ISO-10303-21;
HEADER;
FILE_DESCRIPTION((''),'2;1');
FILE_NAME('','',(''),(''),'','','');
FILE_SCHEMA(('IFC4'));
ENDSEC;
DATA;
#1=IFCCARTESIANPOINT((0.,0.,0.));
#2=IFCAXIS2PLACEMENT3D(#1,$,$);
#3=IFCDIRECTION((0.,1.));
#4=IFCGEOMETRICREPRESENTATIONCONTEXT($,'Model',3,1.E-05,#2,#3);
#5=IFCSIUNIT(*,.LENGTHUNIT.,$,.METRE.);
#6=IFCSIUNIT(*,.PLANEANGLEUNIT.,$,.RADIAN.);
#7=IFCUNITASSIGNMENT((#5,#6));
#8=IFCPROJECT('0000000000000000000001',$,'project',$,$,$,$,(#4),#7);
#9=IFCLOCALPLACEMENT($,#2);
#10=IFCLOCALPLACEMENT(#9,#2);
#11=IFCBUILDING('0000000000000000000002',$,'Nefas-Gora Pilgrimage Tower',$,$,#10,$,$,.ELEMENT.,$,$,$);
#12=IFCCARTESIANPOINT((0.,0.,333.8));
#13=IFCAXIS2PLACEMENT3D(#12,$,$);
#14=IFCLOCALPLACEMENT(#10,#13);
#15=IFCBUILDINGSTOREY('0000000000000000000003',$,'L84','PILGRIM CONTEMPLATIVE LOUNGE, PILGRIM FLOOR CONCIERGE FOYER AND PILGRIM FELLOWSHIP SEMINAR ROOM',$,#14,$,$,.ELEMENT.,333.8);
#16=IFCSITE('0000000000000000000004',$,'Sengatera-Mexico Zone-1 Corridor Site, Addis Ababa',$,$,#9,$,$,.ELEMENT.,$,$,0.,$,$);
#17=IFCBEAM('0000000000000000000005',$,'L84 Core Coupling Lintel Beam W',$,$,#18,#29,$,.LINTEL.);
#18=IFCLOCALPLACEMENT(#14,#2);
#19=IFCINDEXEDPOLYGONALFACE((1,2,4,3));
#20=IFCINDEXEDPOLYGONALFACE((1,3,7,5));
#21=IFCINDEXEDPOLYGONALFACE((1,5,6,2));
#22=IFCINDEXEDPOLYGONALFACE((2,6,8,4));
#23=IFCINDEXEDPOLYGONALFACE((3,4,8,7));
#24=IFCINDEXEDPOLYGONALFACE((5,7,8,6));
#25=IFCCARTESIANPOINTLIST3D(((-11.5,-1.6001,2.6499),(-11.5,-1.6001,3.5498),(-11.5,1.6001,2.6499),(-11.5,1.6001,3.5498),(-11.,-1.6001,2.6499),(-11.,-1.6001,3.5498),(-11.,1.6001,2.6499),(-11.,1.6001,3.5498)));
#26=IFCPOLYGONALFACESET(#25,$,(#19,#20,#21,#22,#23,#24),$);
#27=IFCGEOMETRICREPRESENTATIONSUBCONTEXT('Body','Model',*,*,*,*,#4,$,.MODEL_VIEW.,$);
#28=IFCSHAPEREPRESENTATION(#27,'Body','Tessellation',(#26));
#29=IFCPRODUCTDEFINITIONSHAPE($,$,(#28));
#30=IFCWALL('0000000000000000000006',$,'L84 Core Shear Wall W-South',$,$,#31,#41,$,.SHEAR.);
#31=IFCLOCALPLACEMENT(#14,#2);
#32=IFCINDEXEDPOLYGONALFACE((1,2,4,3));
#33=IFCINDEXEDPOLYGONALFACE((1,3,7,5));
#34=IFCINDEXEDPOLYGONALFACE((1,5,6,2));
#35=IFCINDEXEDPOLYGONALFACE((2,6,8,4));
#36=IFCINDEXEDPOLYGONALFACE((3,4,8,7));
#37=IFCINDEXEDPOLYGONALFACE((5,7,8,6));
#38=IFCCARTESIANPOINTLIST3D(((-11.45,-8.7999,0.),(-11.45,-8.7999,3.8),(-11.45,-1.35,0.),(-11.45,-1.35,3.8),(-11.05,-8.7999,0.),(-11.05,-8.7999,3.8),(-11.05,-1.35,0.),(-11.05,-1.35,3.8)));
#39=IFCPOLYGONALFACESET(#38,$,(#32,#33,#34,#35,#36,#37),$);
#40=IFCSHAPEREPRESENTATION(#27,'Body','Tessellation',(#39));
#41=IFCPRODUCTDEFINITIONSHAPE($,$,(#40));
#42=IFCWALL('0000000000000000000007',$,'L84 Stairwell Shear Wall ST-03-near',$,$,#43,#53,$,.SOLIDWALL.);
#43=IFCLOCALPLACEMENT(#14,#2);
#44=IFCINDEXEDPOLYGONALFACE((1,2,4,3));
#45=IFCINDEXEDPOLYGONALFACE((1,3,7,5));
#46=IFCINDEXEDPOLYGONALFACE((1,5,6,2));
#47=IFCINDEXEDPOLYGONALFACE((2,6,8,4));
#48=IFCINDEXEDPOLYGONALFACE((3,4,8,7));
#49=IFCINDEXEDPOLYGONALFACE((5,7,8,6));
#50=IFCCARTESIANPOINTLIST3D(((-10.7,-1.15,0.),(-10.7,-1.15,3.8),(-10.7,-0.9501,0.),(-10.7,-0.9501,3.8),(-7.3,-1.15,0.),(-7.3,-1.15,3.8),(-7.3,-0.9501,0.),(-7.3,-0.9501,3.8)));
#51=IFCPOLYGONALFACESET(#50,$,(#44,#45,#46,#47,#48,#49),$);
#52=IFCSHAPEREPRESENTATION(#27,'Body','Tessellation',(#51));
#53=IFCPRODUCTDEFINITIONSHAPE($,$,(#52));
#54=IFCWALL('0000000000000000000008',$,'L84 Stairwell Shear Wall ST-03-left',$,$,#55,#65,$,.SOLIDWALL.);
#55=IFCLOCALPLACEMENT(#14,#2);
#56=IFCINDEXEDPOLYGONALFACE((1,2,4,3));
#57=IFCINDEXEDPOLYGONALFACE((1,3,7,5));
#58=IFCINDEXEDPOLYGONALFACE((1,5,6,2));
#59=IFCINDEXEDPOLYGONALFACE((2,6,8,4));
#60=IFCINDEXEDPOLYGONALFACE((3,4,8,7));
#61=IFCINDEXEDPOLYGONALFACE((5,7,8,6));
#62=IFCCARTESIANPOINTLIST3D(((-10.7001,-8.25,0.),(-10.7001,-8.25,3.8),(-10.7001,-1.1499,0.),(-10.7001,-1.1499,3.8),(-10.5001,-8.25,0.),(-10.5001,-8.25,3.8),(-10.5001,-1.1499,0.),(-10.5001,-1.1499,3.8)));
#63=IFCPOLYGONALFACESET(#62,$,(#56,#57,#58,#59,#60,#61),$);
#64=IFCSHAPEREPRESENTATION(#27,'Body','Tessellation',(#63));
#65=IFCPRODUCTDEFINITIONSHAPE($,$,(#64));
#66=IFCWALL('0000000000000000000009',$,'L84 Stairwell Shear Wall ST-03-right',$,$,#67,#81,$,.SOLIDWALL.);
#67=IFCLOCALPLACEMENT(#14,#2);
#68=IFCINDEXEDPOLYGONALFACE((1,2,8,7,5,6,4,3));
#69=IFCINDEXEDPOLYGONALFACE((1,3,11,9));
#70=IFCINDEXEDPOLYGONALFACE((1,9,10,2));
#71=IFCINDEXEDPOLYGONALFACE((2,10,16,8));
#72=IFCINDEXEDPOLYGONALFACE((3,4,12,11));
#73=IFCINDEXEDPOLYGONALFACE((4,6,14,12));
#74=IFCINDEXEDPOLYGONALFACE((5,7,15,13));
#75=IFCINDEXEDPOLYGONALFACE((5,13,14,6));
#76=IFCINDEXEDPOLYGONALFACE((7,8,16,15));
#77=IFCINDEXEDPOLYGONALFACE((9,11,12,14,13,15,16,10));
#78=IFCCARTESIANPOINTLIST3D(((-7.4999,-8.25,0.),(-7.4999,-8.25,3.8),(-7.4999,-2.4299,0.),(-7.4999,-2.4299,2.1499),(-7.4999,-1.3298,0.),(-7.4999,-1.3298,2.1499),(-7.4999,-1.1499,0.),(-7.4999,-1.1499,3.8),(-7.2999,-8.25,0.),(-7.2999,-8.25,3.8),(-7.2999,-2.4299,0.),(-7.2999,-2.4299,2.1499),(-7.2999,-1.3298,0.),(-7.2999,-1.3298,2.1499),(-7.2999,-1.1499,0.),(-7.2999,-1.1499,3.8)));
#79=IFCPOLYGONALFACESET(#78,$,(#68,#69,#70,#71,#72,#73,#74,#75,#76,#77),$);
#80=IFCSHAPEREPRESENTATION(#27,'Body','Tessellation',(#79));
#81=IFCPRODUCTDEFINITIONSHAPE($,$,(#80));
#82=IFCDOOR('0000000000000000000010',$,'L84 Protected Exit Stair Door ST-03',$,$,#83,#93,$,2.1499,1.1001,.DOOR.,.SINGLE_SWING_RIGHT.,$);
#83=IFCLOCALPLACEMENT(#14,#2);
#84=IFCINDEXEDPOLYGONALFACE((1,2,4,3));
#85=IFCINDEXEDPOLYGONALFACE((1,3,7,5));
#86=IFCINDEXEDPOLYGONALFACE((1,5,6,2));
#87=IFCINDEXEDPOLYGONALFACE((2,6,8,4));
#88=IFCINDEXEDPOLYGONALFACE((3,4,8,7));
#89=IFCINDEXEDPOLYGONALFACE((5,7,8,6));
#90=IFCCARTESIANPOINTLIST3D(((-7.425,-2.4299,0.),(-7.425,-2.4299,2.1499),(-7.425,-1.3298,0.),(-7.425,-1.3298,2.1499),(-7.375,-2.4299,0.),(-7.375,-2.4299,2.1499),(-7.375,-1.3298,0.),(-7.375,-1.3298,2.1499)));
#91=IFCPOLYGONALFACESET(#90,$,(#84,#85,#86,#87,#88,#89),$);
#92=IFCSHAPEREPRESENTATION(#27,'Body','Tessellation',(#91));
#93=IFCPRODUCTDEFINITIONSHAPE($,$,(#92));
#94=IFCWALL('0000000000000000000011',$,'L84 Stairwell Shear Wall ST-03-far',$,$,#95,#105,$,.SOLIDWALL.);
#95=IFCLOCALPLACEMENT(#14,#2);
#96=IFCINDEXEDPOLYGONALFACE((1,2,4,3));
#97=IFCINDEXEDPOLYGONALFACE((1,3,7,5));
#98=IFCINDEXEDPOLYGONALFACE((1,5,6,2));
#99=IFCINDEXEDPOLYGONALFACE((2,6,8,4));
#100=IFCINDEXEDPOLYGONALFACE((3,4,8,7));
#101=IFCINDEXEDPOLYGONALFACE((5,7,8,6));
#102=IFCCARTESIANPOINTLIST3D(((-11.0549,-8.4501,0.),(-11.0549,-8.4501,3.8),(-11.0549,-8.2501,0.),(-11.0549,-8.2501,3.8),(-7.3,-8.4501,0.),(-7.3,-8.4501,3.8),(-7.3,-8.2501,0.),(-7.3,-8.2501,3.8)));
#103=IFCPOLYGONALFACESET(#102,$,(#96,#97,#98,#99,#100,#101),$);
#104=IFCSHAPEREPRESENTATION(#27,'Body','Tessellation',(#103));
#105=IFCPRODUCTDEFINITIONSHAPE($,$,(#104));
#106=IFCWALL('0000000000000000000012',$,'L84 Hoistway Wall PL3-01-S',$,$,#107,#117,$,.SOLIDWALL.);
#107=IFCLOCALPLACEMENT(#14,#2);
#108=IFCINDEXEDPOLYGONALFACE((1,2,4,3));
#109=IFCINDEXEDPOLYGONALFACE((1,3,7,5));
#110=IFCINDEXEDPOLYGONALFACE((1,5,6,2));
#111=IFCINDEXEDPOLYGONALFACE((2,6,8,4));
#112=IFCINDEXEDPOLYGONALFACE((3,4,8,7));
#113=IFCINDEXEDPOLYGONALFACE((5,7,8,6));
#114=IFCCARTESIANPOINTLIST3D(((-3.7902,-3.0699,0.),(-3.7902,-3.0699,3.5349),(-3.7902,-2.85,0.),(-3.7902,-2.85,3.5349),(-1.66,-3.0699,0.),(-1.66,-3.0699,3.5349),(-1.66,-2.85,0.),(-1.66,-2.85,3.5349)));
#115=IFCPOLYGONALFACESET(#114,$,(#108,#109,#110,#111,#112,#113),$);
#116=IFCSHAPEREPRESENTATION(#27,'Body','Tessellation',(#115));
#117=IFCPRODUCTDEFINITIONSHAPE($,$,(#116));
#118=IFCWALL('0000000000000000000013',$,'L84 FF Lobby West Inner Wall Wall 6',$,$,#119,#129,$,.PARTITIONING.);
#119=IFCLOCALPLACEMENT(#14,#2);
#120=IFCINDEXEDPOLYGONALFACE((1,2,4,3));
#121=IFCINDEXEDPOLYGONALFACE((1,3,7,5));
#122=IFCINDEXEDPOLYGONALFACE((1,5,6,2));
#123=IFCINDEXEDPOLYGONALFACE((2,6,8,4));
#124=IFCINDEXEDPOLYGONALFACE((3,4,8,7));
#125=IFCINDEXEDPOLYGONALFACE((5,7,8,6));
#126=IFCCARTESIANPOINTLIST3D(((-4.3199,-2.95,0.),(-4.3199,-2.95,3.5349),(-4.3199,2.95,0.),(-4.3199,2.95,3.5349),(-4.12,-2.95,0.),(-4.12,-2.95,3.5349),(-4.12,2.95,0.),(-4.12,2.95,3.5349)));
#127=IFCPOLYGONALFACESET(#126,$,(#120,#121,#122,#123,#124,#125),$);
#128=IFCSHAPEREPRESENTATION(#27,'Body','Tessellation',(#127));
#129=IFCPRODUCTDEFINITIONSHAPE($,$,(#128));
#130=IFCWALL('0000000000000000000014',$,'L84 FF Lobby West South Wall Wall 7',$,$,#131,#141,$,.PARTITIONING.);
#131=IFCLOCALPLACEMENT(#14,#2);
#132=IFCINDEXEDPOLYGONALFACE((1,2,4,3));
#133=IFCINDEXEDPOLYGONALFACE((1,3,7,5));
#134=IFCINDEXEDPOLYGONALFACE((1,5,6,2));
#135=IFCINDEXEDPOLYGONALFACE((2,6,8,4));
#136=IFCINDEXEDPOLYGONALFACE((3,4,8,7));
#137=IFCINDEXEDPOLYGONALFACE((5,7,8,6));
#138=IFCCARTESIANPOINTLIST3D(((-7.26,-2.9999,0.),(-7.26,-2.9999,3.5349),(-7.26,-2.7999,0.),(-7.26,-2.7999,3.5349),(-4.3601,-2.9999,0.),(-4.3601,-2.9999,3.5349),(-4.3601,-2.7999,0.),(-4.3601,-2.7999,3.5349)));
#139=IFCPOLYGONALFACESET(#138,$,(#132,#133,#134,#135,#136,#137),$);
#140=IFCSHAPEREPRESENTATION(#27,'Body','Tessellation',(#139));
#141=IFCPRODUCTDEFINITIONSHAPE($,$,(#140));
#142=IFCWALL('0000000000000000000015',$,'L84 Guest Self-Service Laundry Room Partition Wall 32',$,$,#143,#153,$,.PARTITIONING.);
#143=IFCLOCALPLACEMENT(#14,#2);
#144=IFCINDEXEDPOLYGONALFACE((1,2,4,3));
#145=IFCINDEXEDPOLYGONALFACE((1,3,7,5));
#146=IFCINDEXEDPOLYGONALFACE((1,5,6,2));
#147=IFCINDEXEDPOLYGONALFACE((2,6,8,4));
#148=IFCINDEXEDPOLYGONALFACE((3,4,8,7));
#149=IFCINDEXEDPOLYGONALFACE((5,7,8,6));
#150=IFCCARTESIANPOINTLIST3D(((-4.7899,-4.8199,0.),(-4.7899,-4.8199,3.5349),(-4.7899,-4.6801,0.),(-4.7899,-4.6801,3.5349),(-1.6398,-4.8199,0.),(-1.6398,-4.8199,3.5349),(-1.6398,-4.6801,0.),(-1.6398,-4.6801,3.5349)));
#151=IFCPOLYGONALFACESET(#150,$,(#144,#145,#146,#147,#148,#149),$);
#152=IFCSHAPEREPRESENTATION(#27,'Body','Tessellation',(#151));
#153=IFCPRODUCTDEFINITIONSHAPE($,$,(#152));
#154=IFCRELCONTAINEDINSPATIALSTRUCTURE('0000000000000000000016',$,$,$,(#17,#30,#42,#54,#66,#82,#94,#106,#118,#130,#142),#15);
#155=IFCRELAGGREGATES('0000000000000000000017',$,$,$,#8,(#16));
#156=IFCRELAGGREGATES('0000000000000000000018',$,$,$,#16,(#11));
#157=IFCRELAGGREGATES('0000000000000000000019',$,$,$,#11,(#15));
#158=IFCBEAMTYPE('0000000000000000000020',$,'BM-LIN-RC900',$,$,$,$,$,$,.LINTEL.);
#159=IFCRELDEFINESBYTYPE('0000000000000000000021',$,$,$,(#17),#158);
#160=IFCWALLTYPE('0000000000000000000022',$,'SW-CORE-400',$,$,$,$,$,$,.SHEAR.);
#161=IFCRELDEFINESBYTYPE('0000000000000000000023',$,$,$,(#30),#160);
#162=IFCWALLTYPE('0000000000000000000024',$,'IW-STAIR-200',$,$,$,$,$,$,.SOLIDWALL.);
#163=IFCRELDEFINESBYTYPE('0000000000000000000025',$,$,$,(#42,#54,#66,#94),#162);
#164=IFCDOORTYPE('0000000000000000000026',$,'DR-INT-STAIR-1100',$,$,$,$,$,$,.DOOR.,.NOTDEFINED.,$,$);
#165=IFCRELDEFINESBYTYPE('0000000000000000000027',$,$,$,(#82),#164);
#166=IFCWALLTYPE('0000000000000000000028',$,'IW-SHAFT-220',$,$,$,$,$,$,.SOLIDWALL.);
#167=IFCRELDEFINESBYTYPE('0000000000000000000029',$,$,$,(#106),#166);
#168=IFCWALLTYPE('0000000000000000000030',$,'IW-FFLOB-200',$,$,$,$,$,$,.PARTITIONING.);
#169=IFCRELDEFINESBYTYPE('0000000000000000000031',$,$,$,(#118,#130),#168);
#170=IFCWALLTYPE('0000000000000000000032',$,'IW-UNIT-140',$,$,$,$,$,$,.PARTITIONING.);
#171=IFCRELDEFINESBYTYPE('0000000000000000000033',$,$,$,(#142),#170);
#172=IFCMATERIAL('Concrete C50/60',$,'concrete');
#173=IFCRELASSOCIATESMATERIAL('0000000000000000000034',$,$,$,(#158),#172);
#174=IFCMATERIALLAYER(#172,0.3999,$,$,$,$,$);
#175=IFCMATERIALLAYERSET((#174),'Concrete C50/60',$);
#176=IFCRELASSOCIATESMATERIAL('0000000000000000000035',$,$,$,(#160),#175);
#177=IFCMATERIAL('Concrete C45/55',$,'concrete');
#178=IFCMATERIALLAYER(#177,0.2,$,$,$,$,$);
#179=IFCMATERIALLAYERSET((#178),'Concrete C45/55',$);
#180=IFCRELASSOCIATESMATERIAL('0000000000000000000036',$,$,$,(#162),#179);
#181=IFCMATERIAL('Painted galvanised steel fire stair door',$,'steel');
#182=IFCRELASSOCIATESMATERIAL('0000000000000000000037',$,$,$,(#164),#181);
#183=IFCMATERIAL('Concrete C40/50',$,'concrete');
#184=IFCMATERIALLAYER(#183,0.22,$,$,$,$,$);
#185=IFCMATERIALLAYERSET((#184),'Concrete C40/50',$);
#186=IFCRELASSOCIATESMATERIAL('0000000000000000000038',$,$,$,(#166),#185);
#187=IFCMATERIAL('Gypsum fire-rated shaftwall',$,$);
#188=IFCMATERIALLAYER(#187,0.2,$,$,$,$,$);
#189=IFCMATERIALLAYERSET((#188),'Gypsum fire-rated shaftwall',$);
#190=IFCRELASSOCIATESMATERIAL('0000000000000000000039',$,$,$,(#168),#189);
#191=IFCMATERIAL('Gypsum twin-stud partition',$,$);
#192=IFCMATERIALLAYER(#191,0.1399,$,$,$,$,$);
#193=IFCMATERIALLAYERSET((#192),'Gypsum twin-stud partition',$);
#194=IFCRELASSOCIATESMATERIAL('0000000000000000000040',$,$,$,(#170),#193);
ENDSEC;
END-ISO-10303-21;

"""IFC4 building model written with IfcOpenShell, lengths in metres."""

from ifc_helpers import new_model, si_unit, direction, frame, frame_2d, origin, origin_2d, place, context, subcontext, project, spatial, rectangle, extrude, source, transform, mapped, material, layer, layer_set, material_profile, profile_set, type_object, element, fill, save


model = new_model("IFC4")

# Units and contexts
model_context = context("Model", 3, precision=1e-05, world=origin(), true_north=direction((0.0, 1.0)))
body_context = subcontext(model_context, "Body", "Model", "MODEL_VIEW")
ifc_project = project(units=[si_unit("LENGTHUNIT", "METRE"), si_unit("PLANEANGLEUNIT", "RADIAN")], contexts=[model_context])

# Site, building, storey
site_placement = place(None, origin())
site = spatial("IfcSite", under=ifc_project, at=site_placement, Name="Sengatera-Mexico Zone-1 Corridor Site, Addis Ababa", CompositionType="ELEMENT", RefElevation=0.0)
building_placement = place(site_placement, origin())
building = spatial("IfcBuilding", under=site, at=building_placement, Name="Nefas-Gora Pilgrimage Tower", CompositionType="ELEMENT")
storey_placement = place(building_placement, frame((0.0, 0.0, 333.8)))
storey = spatial("IfcBuildingStorey", under=building, at=storey_placement, Name="L84", Description="PILGRIM CONTEMPLATIVE LOUNGE, PILGRIM FLOOR CONCIERGE FOYER AND PILGRIM FELLOWSHIP SEMINAR ROOM", CompositionType="ELEMENT", Elevation=333.8)

# Beam
ifc_material_1 = material(Name="Concrete C50/60", Category="concrete")
ifc_material_profile = material_profile(ifc_material_1, rectangle(XDim=0.5, YDim=0.8999, at=origin_2d()), Name="RC 500x900")
ifc_profile_set = profile_set([ifc_material_profile], Name="Concrete C50/60")
beam_type = type_object("IfcBeamType", Name="BM-LIN-RC900", PredefinedType="LINTEL", material=ifc_profile_set)
shared_shape_1 = source(origin(), body_context, "Body", "SweptSolid", [
    extrude(rectangle(XDim=0.5, YDim=0.8999, at=origin_2d()), origin(), (0.0, 0.0, 1.0), 3.2002),
])
beam_placement = place(storey_placement, frame((-11.25, -1.6001, 3.0999), z_axis=(0.0, 1.0, 0.0), x_axis=(-1.0, 0.0, 0.0)))
element("IfcBeam", 1, at=beam_placement, inside=storey, type_object=beam_type, Name="L84 Core Coupling Lintel Beam W", PredefinedType="LINTEL", context=body_context, shape_type="MappedRepresentation", body=[
    mapped(shared_shape_1, transform((0.0, 0.0, 0.0), x_axis=(1.0, 0.0, 0.0), y_axis=(0.0, 1.0, 0.0), z_axis=(0.0, 0.0, 1.0), scale=1.0)),
])

# Walls
ifc_layer_1 = layer(ifc_material_1, 0.3999)
ifc_layer_set_1 = layer_set([ifc_layer_1], Name="Concrete C50/60")
wall_type_1 = type_object("IfcWallType", Name="SW-CORE-400", PredefinedType="SHEAR", material=ifc_layer_set_1)
shared_shape_2 = source(origin(), body_context, "Body", "SweptSolid", [
    extrude(rectangle(XDim=7.45, YDim=0.3999, at=frame_2d((3.7251, 0.0))), origin(), (0.0, 0.0, 1.0), 3.8),
])
wall_1_placement = place(storey_placement, frame((-11.25, -8.8, 0.0), z_axis=(0.0, 0.0, 1.0), x_axis=(0.0, 1.0, 0.0)))
element("IfcWall", 2, at=wall_1_placement, inside=storey, type_object=wall_type_1, Name="L84 Core Shear Wall W-South", PredefinedType="SHEAR", context=body_context, shape_type="MappedRepresentation", body=[
    mapped(shared_shape_2, transform((0.0, 0.0, 0.0), x_axis=(1.0, 0.0, 0.0), y_axis=(0.0, 1.0, 0.0), z_axis=(0.0, 0.0, 1.0), scale=1.0)),
])
ifc_material_2 = material(Name="Concrete C45/55", Category="concrete")
ifc_layer_2 = layer(ifc_material_2, 0.2)
ifc_layer_set_2 = layer_set([ifc_layer_2], Name="Concrete C45/55")
wall_type_2 = type_object("IfcWallType", Name="IW-STAIR-200", PredefinedType="SOLIDWALL", material=ifc_layer_set_2)
shared_shape_3 = source(origin(), body_context, "Body", "SweptSolid", [
    extrude(rectangle(XDim=3.3999, YDim=0.2, at=frame_2d((1.7, 0.0))), origin(), (0.0, 0.0, 1.0), 3.8),
])
wall_2_placement = place(storey_placement, frame((-10.7, -1.05, 0.0), z_axis=(0.0, 0.0, 1.0), x_axis=(1.0, 0.0, 0.0)))
element("IfcWall", 3, at=wall_2_placement, inside=storey, type_object=wall_type_2, Name="L84 Stairwell Shear Wall ST-03-near", PredefinedType="SOLIDWALL", context=body_context, shape_type="MappedRepresentation", body=[
    mapped(shared_shape_3, transform((0.0, 0.0, 0.0), x_axis=(1.0, 0.0, 0.0), y_axis=(0.0, 1.0, 0.0), z_axis=(0.0, 0.0, 1.0), scale=1.0)),
])
shared_shape_4 = source(origin(), body_context, "Body", "SweptSolid", [
    extrude(rectangle(XDim=7.1001, YDim=0.2, at=frame_2d((3.55, 0.0))), origin(), (0.0, 0.0, 1.0), 3.8),
])
wall_3_placement = place(storey_placement, frame((-10.6001, -1.1499, 0.0), z_axis=(0.0, 0.0, 1.0), x_axis=(0.0, -1.0, 0.0)))
element("IfcWall", 4, at=wall_3_placement, inside=storey, type_object=wall_type_2, Name="L84 Stairwell Shear Wall ST-03-left", PredefinedType="SOLIDWALL", context=body_context, shape_type="MappedRepresentation", body=[
    mapped(shared_shape_4, transform((0.0, 0.0, 0.0), x_axis=(1.0, 0.0, 0.0), y_axis=(0.0, 1.0, 0.0), z_axis=(0.0, 0.0, 1.0), scale=1.0)),
])

# Wall, opening, door
wall_4_placement = place(storey_placement, frame((-7.3999, -1.1499, 0.0), z_axis=(0.0, 0.0, 1.0), x_axis=(0.0, -1.0, 0.0)))
wall_4 = element("IfcWall", 5, at=wall_4_placement, inside=storey, type_object=wall_type_2, Name="L84 Stairwell Shear Wall ST-03-right", PredefinedType="SOLIDWALL", context=body_context, shape_type="MappedRepresentation", body=[
    mapped(shared_shape_4, transform((0.0, 0.0, 0.0), x_axis=(1.0, 0.0, 0.0), y_axis=(0.0, 1.0, 0.0), z_axis=(0.0, 0.0, 1.0), scale=1.0)),
])
opening_placement = place(wall_4_placement, frame((0.1799, 0.0, 0.0)))
opening = element("IfcOpeningElement", 6, at=opening_placement, cuts=wall_4, PredefinedType="OPENING", context=body_context, shape_type="SweptSolid", body=[
    extrude(rectangle(XDim=1.1001, YDim=2.1499, at=frame_2d((0.55, 1.075))), frame((0.0, 0.1099, 0.0), z_axis=(0.0, -1.0, 0.0), x_axis=(1.0, 0.0, 0.0)), (0.0, 0.0, 1.0), 0.22),
])
ifc_material_3 = material(Name="Painted galvanised steel fire stair door", Category="steel")
door_type = type_object("IfcDoorType", Name="DR-INT-STAIR-1100", OperationType="NOTDEFINED", PredefinedType="DOOR", material=ifc_material_3)
shared_shape_5 = source(origin(), body_context, "Body", "SweptSolid", [
    extrude(rectangle(XDim=1.1001, YDim=2.1499, at=frame_2d((0.55, 1.075))), frame((0.0, 0.0249, 0.0), z_axis=(0.0, -1.0, 0.0), x_axis=(1.0, 0.0, 0.0)), (0.0, 0.0, 1.0), 0.05),
])
door_placement = place(opening_placement, origin())
door = element("IfcDoor", 7, at=door_placement, inside=storey, type_object=door_type, Name="L84 Protected Exit Stair Door ST-03", OperationType="SINGLE_SWING_RIGHT", OverallHeight=2.1499, OverallWidth=1.1001, PredefinedType="DOOR", context=body_context, shape_type="MappedRepresentation", body=[
    mapped(shared_shape_5, transform((0.0, 0.0, 0.0), x_axis=(1.0, 0.0, 0.0), y_axis=(0.0, 1.0, 0.0), z_axis=(0.0, 0.0, 1.0), scale=1.0)),
])
fill(opening, door)

# Walls
shared_shape_6 = source(origin(), body_context, "Body", "SweptSolid", [
    extrude(rectangle(XDim=3.7549, YDim=0.2, at=frame_2d((1.8774, 0.0))), origin(), (0.0, 0.0, 1.0), 3.8),
])
wall_5_placement = place(storey_placement, frame((-11.0549, -8.3501, 0.0), z_axis=(0.0, 0.0, 1.0), x_axis=(1.0, 0.0, 0.0)))
element("IfcWall", 8, at=wall_5_placement, inside=storey, type_object=wall_type_2, Name="L84 Stairwell Shear Wall ST-03-far", PredefinedType="SOLIDWALL", context=body_context, shape_type="MappedRepresentation", body=[
    mapped(shared_shape_6, transform((0.0, 0.0, 0.0), x_axis=(1.0, 0.0, 0.0), y_axis=(0.0, 1.0, 0.0), z_axis=(0.0, 0.0, 1.0), scale=1.0)),
])
ifc_material_4 = material(Name="Concrete C40/50", Category="concrete")
ifc_layer_3 = layer(ifc_material_4, 0.22)
ifc_layer_set_3 = layer_set([ifc_layer_3], Name="Concrete C40/50")
wall_type_3 = type_object("IfcWallType", Name="IW-SHAFT-220", PredefinedType="SOLIDWALL", material=ifc_layer_set_3)
shared_shape_7 = source(origin(), body_context, "Body", "SweptSolid", [
    extrude(rectangle(XDim=2.1301, YDim=0.22, at=frame_2d((1.0649, 0.0))), origin(), (0.0, 0.0, 1.0), 3.5349),
])
wall_6_placement = place(storey_placement, frame((-3.79, -2.96, 0.0), z_axis=(0.0, 0.0, 1.0), x_axis=(1.0, 0.0, 0.0)))
element("IfcWall", 9, at=wall_6_placement, inside=storey, type_object=wall_type_3, Name="L84 Hoistway Wall PL3-01-S", PredefinedType="SOLIDWALL", context=body_context, shape_type="MappedRepresentation", body=[
    mapped(shared_shape_7, transform((0.0, 0.0, 0.0), x_axis=(1.0, 0.0, 0.0), y_axis=(0.0, 1.0, 0.0), z_axis=(0.0, 0.0, 1.0), scale=1.0)),
])
ifc_material_5 = material(Name="Gypsum fire-rated shaftwall")
ifc_layer_4 = layer(ifc_material_5, 0.2)
ifc_layer_set_4 = layer_set([ifc_layer_4], Name="Gypsum fire-rated shaftwall")
wall_type_4 = type_object("IfcWallType", Name="IW-FFLOB-200", PredefinedType="PARTITIONING", material=ifc_layer_set_4)
shared_shape_8 = source(origin(), body_context, "Body", "SweptSolid", [
    extrude(rectangle(XDim=5.8999, YDim=0.2, at=frame_2d((2.95, 0.0))), origin(), (0.0, 0.0, 1.0), 3.5349),
])
wall_7_placement = place(storey_placement, frame((-4.22, -2.95, 0.0), z_axis=(0.0, 0.0, 1.0), x_axis=(0.0, 1.0, 0.0)))
element("IfcWall", 10, at=wall_7_placement, inside=storey, type_object=wall_type_4, Name="L84 FF Lobby West Inner Wall Wall 6", PredefinedType="PARTITIONING", context=body_context, shape_type="MappedRepresentation", body=[
    mapped(shared_shape_8, transform((0.0, 0.0, 0.0), x_axis=(1.0, 0.0, 0.0), y_axis=(0.0, 1.0, 0.0), z_axis=(0.0, 0.0, 1.0), scale=1.0)),
])
shared_shape_9 = source(origin(), body_context, "Body", "SweptSolid", [
    extrude(rectangle(XDim=2.8999, YDim=0.2, at=frame_2d((1.45, 0.0))), origin(), (0.0, 0.0, 1.0), 3.5349),
])
wall_8_placement = place(storey_placement, frame((-7.26, -2.8999, 0.0), z_axis=(0.0, 0.0, 1.0), x_axis=(1.0, 0.0, 0.0)))
element("IfcWall", 11, at=wall_8_placement, inside=storey, type_object=wall_type_4, Name="L84 FF Lobby West South Wall Wall 7", PredefinedType="PARTITIONING", context=body_context, shape_type="MappedRepresentation", body=[
    mapped(shared_shape_9, transform((0.0, 0.0, 0.0), x_axis=(1.0, 0.0, 0.0), y_axis=(0.0, 1.0, 0.0), z_axis=(0.0, 0.0, 1.0), scale=1.0)),
])
ifc_material_6 = material(Name="Gypsum twin-stud partition")
ifc_layer_5 = layer(ifc_material_6, 0.1399)
ifc_layer_set_5 = layer_set([ifc_layer_5], Name="Gypsum twin-stud partition")
wall_type_5 = type_object("IfcWallType", Name="IW-UNIT-140", PredefinedType="PARTITIONING", material=ifc_layer_set_5)
shared_shape_10 = source(origin(), body_context, "Body", "SweptSolid", [
    extrude(rectangle(XDim=3.1501, YDim=0.1399, at=frame_2d((1.5752, 0.0))), origin(), (0.0, 0.0, 1.0), 3.5349),
])
wall_9_placement = place(storey_placement, frame((-4.79, -4.75, 0.0), z_axis=(0.0, 0.0, 1.0), x_axis=(1.0, 0.0, 0.0)))
element("IfcWall", 12, at=wall_9_placement, inside=storey, type_object=wall_type_5, Name="L84 Guest Self-Service Laundry Room Partition Wall 32", PredefinedType="PARTITIONING", context=body_context, shape_type="MappedRepresentation", body=[
    mapped(shared_shape_10, transform((0.0, 0.0, 0.0), x_axis=(1.0, 0.0, 0.0), y_axis=(0.0, 1.0, 0.0), z_axis=(0.0, 0.0, 1.0), scale=1.0)),
])

save(model, "model.ifc")
